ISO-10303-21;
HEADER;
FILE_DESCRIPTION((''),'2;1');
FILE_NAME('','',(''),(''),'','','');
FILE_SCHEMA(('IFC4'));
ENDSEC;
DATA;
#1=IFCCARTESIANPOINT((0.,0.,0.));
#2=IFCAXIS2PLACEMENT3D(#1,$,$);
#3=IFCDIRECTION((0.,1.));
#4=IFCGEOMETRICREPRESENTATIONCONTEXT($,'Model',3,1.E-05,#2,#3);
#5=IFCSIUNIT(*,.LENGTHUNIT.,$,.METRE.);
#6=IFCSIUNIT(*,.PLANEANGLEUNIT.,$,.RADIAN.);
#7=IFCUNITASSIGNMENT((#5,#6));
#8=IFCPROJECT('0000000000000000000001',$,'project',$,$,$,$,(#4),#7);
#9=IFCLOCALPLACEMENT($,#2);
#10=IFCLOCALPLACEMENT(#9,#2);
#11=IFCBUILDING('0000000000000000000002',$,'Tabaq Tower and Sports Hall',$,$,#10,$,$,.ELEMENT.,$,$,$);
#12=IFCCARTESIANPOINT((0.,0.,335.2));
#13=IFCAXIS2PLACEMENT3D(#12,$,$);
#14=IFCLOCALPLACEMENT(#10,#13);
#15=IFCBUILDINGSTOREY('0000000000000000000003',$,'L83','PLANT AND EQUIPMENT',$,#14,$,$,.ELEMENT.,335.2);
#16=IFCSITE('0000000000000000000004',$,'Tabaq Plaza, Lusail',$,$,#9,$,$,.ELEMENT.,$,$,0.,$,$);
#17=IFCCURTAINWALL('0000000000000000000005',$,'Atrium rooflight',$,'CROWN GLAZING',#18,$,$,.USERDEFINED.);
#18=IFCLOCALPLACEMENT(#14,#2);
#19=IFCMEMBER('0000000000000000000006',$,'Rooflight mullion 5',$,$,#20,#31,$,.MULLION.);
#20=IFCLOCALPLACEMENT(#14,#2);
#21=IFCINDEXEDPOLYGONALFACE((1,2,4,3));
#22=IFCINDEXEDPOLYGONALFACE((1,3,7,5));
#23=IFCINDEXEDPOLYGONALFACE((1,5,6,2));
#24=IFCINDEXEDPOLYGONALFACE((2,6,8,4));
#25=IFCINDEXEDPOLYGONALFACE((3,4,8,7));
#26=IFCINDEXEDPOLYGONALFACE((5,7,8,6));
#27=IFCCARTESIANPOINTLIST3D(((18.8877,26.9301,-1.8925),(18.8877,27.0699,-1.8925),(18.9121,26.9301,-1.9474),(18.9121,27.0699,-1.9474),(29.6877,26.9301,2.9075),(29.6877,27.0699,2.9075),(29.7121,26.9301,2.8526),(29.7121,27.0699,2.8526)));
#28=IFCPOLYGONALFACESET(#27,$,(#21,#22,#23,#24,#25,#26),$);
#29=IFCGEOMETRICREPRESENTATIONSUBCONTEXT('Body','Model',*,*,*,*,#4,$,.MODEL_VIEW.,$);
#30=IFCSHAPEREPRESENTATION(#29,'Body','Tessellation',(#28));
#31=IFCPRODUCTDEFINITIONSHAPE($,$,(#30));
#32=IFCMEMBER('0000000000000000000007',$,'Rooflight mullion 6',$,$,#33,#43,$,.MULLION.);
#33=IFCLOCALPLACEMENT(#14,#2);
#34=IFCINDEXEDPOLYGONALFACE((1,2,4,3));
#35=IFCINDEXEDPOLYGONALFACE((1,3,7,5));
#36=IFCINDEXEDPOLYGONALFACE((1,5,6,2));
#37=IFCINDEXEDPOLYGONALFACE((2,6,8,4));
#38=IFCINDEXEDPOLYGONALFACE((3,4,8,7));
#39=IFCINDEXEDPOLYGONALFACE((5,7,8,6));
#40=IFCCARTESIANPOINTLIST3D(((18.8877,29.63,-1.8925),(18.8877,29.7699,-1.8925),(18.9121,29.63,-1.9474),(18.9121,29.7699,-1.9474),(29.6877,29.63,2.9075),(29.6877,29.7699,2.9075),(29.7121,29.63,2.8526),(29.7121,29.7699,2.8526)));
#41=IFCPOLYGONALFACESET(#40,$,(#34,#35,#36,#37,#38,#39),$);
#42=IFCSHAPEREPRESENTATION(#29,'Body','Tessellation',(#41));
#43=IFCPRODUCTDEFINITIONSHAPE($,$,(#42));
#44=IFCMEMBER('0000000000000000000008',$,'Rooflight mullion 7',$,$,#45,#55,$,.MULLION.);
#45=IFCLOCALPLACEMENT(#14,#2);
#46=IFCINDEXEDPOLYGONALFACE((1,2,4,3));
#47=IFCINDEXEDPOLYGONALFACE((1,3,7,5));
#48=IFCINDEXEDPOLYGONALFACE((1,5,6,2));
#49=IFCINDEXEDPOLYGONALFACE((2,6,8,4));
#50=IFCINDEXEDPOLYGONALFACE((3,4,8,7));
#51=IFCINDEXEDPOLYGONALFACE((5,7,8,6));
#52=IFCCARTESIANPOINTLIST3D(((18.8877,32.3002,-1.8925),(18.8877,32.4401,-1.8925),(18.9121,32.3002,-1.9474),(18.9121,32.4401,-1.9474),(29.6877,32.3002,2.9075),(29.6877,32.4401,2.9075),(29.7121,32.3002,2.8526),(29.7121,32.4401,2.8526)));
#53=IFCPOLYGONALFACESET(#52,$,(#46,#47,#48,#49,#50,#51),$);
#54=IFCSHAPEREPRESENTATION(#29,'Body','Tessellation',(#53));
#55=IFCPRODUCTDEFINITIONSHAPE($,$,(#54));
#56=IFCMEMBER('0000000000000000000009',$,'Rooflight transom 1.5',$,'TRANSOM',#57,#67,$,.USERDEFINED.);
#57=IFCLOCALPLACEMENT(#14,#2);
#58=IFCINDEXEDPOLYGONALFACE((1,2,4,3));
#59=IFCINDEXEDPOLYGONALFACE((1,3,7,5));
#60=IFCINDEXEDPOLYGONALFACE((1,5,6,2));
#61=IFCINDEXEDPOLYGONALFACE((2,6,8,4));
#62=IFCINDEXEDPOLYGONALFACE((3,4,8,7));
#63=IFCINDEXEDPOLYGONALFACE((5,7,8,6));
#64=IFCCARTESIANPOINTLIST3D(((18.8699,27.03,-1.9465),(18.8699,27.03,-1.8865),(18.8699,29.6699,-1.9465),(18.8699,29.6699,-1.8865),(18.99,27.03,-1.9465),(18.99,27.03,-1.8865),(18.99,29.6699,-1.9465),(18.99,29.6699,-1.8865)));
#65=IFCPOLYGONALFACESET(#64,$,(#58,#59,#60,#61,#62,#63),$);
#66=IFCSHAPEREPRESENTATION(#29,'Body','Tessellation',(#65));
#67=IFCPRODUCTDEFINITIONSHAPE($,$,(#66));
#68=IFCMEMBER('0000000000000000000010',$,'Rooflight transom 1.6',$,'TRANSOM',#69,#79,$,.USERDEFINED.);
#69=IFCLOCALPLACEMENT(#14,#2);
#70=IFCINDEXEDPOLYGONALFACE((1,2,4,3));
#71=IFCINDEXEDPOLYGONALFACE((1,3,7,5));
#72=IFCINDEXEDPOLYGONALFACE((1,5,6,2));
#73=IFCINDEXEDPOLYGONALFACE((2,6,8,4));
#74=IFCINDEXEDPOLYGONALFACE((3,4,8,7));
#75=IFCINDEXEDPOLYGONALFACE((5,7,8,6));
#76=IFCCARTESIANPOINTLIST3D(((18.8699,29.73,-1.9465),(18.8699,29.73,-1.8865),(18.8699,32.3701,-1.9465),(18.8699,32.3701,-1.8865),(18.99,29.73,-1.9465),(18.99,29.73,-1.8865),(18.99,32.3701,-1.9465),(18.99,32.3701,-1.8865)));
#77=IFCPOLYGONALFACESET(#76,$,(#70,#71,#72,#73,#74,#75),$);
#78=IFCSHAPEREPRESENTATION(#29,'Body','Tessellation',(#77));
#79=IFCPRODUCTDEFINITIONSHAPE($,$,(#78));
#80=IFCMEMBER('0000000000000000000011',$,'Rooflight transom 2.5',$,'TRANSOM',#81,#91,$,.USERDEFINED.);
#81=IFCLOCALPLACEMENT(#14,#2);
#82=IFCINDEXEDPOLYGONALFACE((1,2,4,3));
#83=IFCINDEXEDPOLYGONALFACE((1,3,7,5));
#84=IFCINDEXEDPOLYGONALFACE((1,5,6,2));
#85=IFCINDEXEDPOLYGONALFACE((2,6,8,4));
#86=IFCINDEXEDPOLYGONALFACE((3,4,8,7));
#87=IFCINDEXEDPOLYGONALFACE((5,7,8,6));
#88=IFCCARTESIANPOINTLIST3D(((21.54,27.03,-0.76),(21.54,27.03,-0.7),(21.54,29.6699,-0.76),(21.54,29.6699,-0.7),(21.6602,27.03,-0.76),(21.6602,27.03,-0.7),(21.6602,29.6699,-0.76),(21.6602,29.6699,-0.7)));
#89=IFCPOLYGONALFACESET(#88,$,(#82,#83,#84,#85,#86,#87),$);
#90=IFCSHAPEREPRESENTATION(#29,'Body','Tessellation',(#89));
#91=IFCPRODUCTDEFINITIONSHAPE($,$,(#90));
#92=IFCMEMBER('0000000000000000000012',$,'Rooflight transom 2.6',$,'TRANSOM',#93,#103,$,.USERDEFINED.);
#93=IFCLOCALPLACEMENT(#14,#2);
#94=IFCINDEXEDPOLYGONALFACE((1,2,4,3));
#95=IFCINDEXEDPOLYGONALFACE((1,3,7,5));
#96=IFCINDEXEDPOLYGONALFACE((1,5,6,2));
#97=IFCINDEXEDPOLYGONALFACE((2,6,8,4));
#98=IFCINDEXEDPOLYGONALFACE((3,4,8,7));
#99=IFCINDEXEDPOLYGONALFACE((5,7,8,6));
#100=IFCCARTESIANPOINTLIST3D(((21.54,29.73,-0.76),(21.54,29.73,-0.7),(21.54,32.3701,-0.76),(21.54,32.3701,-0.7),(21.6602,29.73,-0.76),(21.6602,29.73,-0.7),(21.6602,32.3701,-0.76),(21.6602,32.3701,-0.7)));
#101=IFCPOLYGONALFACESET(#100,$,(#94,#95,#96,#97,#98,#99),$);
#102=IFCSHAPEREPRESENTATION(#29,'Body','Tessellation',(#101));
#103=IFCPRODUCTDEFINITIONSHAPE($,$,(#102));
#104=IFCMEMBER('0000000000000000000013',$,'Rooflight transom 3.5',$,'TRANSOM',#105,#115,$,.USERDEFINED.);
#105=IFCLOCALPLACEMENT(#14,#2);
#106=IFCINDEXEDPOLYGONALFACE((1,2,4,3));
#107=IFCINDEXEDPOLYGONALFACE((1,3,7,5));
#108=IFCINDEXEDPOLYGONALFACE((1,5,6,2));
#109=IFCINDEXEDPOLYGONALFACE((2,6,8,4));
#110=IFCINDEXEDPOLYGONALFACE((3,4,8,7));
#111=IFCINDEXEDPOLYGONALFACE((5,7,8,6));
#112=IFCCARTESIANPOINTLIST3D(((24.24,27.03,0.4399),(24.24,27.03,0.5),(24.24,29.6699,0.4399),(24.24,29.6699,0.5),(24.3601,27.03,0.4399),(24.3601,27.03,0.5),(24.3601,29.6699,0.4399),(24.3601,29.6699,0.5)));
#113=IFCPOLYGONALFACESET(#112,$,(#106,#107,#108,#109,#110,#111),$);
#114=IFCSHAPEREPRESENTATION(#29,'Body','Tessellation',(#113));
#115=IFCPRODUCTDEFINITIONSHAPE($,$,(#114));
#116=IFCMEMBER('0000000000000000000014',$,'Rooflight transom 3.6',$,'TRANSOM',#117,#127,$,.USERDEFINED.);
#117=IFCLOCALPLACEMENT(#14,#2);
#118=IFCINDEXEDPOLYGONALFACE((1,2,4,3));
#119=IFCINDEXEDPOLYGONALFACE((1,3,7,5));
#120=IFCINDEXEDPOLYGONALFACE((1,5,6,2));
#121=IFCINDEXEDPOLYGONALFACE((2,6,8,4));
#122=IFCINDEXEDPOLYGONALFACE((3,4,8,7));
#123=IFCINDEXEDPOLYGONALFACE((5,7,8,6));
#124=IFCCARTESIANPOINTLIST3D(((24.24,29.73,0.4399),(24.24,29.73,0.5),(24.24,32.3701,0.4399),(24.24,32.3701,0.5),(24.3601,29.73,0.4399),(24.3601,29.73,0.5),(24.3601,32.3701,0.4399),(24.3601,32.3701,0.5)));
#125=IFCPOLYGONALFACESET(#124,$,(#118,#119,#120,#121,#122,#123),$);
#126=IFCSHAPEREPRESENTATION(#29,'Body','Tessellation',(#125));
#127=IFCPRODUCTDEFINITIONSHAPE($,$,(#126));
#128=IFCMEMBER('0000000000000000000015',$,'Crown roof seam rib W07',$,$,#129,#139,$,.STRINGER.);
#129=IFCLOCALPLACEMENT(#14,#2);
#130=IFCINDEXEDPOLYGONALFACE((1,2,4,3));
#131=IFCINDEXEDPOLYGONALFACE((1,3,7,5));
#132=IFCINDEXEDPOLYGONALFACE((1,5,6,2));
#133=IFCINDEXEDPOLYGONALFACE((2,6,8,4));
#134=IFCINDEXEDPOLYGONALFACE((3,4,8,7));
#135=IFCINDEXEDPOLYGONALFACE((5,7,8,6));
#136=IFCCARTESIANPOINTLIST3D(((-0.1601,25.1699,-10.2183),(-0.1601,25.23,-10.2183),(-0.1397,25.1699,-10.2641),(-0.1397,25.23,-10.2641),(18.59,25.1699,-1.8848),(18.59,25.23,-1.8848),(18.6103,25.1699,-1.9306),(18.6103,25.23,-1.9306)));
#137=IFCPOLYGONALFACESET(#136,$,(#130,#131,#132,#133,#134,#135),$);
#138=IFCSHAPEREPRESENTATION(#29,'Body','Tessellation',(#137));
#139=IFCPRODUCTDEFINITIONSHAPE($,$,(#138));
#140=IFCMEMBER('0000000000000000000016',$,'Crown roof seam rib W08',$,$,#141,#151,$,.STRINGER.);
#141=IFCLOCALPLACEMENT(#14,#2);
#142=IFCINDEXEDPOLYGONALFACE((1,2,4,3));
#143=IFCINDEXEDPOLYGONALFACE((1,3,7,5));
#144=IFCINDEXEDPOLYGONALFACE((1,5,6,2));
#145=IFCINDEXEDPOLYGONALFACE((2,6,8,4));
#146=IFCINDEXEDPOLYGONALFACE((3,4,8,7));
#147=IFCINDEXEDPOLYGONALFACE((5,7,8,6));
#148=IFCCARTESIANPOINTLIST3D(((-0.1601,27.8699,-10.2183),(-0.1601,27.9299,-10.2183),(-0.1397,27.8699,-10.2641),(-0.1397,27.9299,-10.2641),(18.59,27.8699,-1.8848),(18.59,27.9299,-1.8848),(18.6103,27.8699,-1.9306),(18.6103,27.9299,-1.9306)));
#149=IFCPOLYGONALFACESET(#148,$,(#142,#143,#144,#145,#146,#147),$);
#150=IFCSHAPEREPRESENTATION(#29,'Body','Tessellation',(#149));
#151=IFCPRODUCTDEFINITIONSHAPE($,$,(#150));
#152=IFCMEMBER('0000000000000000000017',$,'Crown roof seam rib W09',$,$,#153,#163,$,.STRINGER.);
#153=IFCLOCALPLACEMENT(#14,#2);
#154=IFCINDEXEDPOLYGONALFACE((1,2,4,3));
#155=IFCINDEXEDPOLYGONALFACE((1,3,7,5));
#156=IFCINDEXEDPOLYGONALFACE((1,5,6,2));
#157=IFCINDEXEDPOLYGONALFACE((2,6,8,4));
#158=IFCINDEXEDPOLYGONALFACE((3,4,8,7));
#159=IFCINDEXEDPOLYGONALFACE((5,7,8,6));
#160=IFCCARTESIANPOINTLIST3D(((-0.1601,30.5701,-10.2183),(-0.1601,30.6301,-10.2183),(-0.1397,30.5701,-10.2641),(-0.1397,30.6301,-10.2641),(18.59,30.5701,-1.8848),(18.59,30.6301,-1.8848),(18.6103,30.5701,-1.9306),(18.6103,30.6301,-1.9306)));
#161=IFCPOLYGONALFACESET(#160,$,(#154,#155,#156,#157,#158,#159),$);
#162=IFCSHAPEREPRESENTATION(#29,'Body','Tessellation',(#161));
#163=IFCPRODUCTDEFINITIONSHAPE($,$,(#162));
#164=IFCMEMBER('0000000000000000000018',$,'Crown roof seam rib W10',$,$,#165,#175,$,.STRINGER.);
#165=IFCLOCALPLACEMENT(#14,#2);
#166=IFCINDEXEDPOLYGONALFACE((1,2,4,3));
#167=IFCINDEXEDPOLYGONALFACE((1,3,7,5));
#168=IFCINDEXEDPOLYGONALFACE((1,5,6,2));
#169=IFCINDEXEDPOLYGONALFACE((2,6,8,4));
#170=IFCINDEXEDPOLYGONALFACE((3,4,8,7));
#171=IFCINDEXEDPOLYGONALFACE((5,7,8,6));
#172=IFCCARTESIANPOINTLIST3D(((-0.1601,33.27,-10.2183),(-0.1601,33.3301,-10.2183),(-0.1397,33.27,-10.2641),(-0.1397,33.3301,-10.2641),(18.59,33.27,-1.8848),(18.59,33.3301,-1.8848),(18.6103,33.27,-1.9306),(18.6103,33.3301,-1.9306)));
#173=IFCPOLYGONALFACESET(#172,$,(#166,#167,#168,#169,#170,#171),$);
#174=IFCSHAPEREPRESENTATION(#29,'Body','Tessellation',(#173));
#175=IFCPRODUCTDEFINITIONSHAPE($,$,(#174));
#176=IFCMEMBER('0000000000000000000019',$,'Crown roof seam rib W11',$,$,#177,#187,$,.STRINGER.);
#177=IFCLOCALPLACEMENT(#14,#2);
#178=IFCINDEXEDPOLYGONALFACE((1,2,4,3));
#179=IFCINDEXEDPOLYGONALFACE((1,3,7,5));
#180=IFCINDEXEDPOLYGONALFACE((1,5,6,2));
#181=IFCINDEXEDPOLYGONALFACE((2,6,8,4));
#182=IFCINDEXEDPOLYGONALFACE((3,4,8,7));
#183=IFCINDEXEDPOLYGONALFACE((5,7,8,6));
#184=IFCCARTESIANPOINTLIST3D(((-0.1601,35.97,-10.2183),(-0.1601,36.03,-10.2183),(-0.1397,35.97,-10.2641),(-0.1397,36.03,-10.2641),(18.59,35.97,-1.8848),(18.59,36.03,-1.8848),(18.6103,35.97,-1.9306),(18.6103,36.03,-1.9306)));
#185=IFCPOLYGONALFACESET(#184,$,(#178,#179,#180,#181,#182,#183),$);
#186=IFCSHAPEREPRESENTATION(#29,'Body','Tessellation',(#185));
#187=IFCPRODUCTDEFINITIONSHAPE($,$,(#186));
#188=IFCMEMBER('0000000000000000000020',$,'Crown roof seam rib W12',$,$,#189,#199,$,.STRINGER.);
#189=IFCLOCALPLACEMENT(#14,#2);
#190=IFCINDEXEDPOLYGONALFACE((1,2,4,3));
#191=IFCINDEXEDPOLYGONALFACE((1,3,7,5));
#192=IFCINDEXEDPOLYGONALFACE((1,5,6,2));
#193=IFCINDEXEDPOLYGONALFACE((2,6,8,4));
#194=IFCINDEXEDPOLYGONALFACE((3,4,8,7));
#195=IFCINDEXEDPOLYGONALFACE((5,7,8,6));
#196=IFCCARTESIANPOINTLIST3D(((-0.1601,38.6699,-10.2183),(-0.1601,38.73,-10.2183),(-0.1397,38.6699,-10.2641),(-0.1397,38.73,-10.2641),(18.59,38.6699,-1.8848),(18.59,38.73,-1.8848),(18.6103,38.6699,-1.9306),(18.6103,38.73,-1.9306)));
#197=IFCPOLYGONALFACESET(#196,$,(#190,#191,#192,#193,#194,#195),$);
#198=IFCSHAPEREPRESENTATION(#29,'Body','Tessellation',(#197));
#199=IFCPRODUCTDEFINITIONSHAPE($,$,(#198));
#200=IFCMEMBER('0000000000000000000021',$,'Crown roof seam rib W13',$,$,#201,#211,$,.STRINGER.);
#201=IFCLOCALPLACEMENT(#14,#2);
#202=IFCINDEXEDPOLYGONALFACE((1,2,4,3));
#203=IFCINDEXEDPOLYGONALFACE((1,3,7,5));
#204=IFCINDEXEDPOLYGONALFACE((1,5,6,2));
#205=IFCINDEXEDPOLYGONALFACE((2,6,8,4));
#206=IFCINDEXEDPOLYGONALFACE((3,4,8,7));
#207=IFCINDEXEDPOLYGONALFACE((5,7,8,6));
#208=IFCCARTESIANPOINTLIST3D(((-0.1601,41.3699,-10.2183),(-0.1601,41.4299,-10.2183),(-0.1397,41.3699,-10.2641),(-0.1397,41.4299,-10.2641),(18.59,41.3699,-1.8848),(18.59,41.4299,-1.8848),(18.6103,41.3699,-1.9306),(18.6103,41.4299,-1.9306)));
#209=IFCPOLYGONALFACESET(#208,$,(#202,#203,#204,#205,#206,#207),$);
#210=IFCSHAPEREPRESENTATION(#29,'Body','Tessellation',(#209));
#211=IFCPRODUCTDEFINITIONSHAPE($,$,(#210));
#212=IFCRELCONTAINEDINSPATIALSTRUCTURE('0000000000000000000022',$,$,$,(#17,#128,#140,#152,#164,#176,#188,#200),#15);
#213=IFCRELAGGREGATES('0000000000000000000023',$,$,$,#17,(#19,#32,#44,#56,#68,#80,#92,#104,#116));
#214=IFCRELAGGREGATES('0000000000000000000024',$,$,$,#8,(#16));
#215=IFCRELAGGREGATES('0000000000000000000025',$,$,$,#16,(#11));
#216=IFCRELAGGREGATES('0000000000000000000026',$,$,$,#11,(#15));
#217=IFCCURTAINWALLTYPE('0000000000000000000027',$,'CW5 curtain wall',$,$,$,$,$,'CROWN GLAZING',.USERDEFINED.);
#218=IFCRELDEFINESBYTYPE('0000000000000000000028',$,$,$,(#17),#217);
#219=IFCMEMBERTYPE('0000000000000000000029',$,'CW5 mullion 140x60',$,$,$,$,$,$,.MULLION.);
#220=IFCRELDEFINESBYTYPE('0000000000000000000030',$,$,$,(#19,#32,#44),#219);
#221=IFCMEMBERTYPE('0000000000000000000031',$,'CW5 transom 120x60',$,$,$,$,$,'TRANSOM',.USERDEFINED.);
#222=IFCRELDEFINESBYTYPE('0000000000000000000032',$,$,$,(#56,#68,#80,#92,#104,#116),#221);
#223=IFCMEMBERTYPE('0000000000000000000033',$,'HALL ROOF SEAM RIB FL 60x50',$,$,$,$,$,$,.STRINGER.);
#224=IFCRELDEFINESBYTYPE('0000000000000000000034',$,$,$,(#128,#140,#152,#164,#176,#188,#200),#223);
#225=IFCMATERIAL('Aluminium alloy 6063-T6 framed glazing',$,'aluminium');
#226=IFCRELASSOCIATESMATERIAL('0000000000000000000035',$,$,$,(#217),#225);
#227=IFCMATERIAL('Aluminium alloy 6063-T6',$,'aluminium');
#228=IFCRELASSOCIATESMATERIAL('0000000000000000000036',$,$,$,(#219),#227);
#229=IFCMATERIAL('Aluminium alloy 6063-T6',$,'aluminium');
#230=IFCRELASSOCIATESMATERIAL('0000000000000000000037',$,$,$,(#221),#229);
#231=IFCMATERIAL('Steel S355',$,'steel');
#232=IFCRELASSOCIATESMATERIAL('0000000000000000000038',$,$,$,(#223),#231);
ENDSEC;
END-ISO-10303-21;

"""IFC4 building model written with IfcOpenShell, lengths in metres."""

from ifc_helpers import new_model, si_unit, direction, frame, origin, origin_2d, place, context, subcontext, project, spatial, rectangle, extrude, material, material_profile, profile_set, type_object, element, aggregate, save


model = new_model("IFC4")

# Units and contexts
model_context = context("Model", 3, precision=1e-05, world=origin(), true_north=direction((0.0, 1.0)))
body_context = subcontext(model_context, "Body", "Model", "MODEL_VIEW")
ifc_project = project(units=[si_unit("LENGTHUNIT", "METRE"), si_unit("PLANEANGLEUNIT", "RADIAN")], contexts=[model_context])

# Site, building, storey
site_placement = place(None, origin())
site = spatial("IfcSite", under=ifc_project, at=site_placement, Name="Tabaq Plaza, Lusail", CompositionType="ELEMENT", RefElevation=0.0)
building_placement = place(site_placement, origin())
building = spatial("IfcBuilding", under=site, at=building_placement, Name="Tabaq Tower and Sports Hall", CompositionType="ELEMENT")
storey_placement = place(building_placement, frame((0.0, 0.0, 335.2)))
storey = spatial("IfcBuildingStorey", under=building, at=storey_placement, Name="L83", Description="PLANT AND EQUIPMENT", CompositionType="ELEMENT", Elevation=335.2)

# Curtain wall, members
ifc_material_1 = material(Name="Aluminium alloy 6063-T6 framed glazing", Category="aluminium")
curtain_wall_type = type_object("IfcCurtainWallType", Name="CW5 curtain wall", ElementType="CROWN GLAZING", PredefinedType="USERDEFINED", material=ifc_material_1)
curtain_wall_placement = place(storey_placement, origin())
curtain_wall = element("IfcCurtainWall", 1, at=curtain_wall_placement, inside=storey, type_object=curtain_wall_type, Name="Atrium rooflight", ObjectType="CROWN GLAZING", PredefinedType="USERDEFINED")
ifc_material_2 = material(Name="Aluminium alloy 6063-T6", Category="aluminium")
ifc_material_profile_1 = material_profile(ifc_material_2, rectangle(XDim=0.1399, YDim=0.0601, at=origin_2d()), Name="MULLION 140x60")
ifc_profile_set_1 = profile_set([ifc_material_profile_1], Name="Aluminium alloy 6063-T6")
member_type_1 = type_object("IfcMemberType", Name="CW5 mullion 140x60", PredefinedType="MULLION", material=ifc_profile_set_1)
member_1_placement = place(storey_placement, frame((18.8999, 27.0, -1.9199), z_axis=(0.913811, 0.0, 0.40614), x_axis=(0.0, 1.0, 0.0)))
member_1 = element("IfcMember", 2, at=member_1_placement, type_object=member_type_1, Name="Rooflight mullion 5", PredefinedType="MULLION", context=body_context, shape_type="SweptSolid", body=[
    extrude(rectangle(XDim=0.1399, YDim=0.0601, at=origin_2d()), origin(), (0.0, 0.0, 1.0), 11.8186),
])
member_2_placement = place(storey_placement, frame((18.8999, 29.7, -1.9199), z_axis=(0.913811, 0.0, 0.40614), x_axis=(0.0, 1.0, 0.0)))
member_2 = element("IfcMember", 3, at=member_2_placement, type_object=member_type_1, Name="Rooflight mullion 6", PredefinedType="MULLION", context=body_context, shape_type="SweptSolid", body=[
    extrude(rectangle(XDim=0.1399, YDim=0.0601, at=origin_2d()), origin(), (0.0, 0.0, 1.0), 11.8186),
])
member_3_placement = place(storey_placement, frame((18.8999, 32.3701, -1.9199), z_axis=(0.913811, 0.0, 0.40614), x_axis=(0.0, 1.0, 0.0)))
member_3 = element("IfcMember", 4, at=member_3_placement, type_object=member_type_1, Name="Rooflight mullion 7", PredefinedType="MULLION", context=body_context, shape_type="SweptSolid", body=[
    extrude(rectangle(XDim=0.1399, YDim=0.0601, at=origin_2d()), origin(), (0.0, 0.0, 1.0), 11.8186),
])
ifc_material_3 = material(Name="Aluminium alloy 6063-T6", Category="aluminium")
ifc_material_profile_2 = material_profile(ifc_material_3, rectangle(XDim=0.1201, YDim=0.0601, at=origin_2d()), Name="TRANSOM 120x60")
ifc_profile_set_2 = profile_set([ifc_material_profile_2], Name="Aluminium alloy 6063-T6")
member_type_2 = type_object("IfcMemberType", Name="CW5 transom 120x60", ElementType="TRANSOM", PredefinedType="USERDEFINED", material=ifc_profile_set_2)
member_4_placement = place(storey_placement, frame((18.9299, 27.03, -1.9165), z_axis=(0.0, 1.0, 0.0), x_axis=(-1.0, 0.0, 0.0)))
member_4 = element("IfcMember", 5, at=member_4_placement, type_object=member_type_2, Name="Rooflight transom 1.5", ObjectType="TRANSOM", PredefinedType="USERDEFINED", context=body_context, shape_type="SweptSolid", body=[
    extrude(rectangle(XDim=0.1201, YDim=0.0601, at=origin_2d()), origin(), (0.0, 0.0, 1.0), 2.6399),
])
member_5_placement = place(storey_placement, frame((18.9299, 29.73, -1.9165), z_axis=(0.0, 1.0, 0.0), x_axis=(-1.0, 0.0, 0.0)))
member_5 = element("IfcMember", 6, at=member_5_placement, type_object=member_type_2, Name="Rooflight transom 1.6", ObjectType="TRANSOM", PredefinedType="USERDEFINED", context=body_context, shape_type="SweptSolid", body=[
    extrude(rectangle(XDim=0.1201, YDim=0.0601, at=origin_2d()), origin(), (0.0, 0.0, 1.0), 2.6401),
])
member_6_placement = place(storey_placement, frame((21.6001, 27.03, -0.73), z_axis=(0.0, 1.0, 0.0), x_axis=(-1.0, 0.0, 0.0)))
member_6 = element("IfcMember", 7, at=member_6_placement, type_object=member_type_2, Name="Rooflight transom 2.5", ObjectType="TRANSOM", PredefinedType="USERDEFINED", context=body_context, shape_type="SweptSolid", body=[
    extrude(rectangle(XDim=0.1201, YDim=0.0601, at=origin_2d()), origin(), (0.0, 0.0, 1.0), 2.6399),
])
member_7_placement = place(storey_placement, frame((21.6001, 29.73, -0.73), z_axis=(0.0, 1.0, 0.0), x_axis=(-1.0, 0.0, 0.0)))
member_7 = element("IfcMember", 8, at=member_7_placement, type_object=member_type_2, Name="Rooflight transom 2.6", ObjectType="TRANSOM", PredefinedType="USERDEFINED", context=body_context, shape_type="SweptSolid", body=[
    extrude(rectangle(XDim=0.1201, YDim=0.0601, at=origin_2d()), origin(), (0.0, 0.0, 1.0), 2.6401),
])
member_8_placement = place(storey_placement, frame((24.3, 27.03, 0.47), z_axis=(0.0, 1.0, 0.0), x_axis=(-1.0, 0.0, 0.0)))
member_8 = element("IfcMember", 9, at=member_8_placement, type_object=member_type_2, Name="Rooflight transom 3.5", ObjectType="TRANSOM", PredefinedType="USERDEFINED", context=body_context, shape_type="SweptSolid", body=[
    extrude(rectangle(XDim=0.1201, YDim=0.0601, at=origin_2d()), origin(), (0.0, 0.0, 1.0), 2.6399),
])
member_9_placement = place(storey_placement, frame((24.3, 29.73, 0.47), z_axis=(0.0, 1.0, 0.0), x_axis=(-1.0, 0.0, 0.0)))
member_9 = element("IfcMember", 10, at=member_9_placement, type_object=member_type_2, Name="Rooflight transom 3.6", ObjectType="TRANSOM", PredefinedType="USERDEFINED", context=body_context, shape_type="SweptSolid", body=[
    extrude(rectangle(XDim=0.1201, YDim=0.0601, at=origin_2d()), origin(), (0.0, 0.0, 1.0), 2.6401),
])

# Members
ifc_material_4 = material(Name="Steel S355", Category="steel")
ifc_material_profile_3 = material_profile(ifc_material_4, rectangle(XDim=0.0601, YDim=0.05, at=origin_2d()), Name="FL 60x50")
ifc_profile_set_3 = profile_set([ifc_material_profile_3], Name="Steel S355")
member_type_3 = type_object("IfcMemberType", Name="HALL ROOF SEAM RIB FL 60x50", PredefinedType="STRINGER", material=ifc_profile_set_3)
for number, where, z_axis, x_axis, name in (
    (11, (-0.1499, 25.2, -10.2412), (0.913809, 0.0, 0.406145), (0.0, 1.0, 0.0), "Crown roof seam rib W07"),
    (12, (-0.1499, 27.8999, -10.2412), (0.913809, 0.0, 0.406145), (0.0, 1.0, 0.0), "Crown roof seam rib W08"),
    (13, (-0.1499, 30.6001, -10.2412), (0.913809, 0.0, 0.406145), (0.0, 1.0, 0.0), "Crown roof seam rib W09"),
    (14, (-0.1499, 33.3, -10.2412), (0.913809, 0.0, 0.406145), (0.0, 1.0, 0.0), "Crown roof seam rib W10"),
    (15, (-0.1499, 36.0, -10.2412), (0.913809, 0.0, 0.406145), (0.0, 1.0, 0.0), "Crown roof seam rib W11"),
    (16, (-0.1499, 38.7, -10.2412), (0.913809, 0.0, 0.406145), (0.0, 1.0, 0.0), "Crown roof seam rib W12"),
    (17, (-0.1499, 41.3999, -10.2412), (0.913809, 0.0, 0.406145), (0.0, 1.0, 0.0), "Crown roof seam rib W13"),
):
    element("IfcMember", number, at=place(storey_placement, frame(where, z_axis=z_axis, x_axis=x_axis)), inside=storey, type_object=member_type_3, Name=name, PredefinedType="STRINGER", context=body_context, shape_type="SweptSolid", body=[
        extrude(rectangle(XDim=0.0601, YDim=0.05, at=origin_2d()), origin(), (0.0, 0.0, 1.0), 20.5186),
    ])

aggregate(curtain_wall, [member_1, member_2, member_3, member_4, member_5, member_6, member_7, member_8, member_9])

save(model, "model.ifc")
